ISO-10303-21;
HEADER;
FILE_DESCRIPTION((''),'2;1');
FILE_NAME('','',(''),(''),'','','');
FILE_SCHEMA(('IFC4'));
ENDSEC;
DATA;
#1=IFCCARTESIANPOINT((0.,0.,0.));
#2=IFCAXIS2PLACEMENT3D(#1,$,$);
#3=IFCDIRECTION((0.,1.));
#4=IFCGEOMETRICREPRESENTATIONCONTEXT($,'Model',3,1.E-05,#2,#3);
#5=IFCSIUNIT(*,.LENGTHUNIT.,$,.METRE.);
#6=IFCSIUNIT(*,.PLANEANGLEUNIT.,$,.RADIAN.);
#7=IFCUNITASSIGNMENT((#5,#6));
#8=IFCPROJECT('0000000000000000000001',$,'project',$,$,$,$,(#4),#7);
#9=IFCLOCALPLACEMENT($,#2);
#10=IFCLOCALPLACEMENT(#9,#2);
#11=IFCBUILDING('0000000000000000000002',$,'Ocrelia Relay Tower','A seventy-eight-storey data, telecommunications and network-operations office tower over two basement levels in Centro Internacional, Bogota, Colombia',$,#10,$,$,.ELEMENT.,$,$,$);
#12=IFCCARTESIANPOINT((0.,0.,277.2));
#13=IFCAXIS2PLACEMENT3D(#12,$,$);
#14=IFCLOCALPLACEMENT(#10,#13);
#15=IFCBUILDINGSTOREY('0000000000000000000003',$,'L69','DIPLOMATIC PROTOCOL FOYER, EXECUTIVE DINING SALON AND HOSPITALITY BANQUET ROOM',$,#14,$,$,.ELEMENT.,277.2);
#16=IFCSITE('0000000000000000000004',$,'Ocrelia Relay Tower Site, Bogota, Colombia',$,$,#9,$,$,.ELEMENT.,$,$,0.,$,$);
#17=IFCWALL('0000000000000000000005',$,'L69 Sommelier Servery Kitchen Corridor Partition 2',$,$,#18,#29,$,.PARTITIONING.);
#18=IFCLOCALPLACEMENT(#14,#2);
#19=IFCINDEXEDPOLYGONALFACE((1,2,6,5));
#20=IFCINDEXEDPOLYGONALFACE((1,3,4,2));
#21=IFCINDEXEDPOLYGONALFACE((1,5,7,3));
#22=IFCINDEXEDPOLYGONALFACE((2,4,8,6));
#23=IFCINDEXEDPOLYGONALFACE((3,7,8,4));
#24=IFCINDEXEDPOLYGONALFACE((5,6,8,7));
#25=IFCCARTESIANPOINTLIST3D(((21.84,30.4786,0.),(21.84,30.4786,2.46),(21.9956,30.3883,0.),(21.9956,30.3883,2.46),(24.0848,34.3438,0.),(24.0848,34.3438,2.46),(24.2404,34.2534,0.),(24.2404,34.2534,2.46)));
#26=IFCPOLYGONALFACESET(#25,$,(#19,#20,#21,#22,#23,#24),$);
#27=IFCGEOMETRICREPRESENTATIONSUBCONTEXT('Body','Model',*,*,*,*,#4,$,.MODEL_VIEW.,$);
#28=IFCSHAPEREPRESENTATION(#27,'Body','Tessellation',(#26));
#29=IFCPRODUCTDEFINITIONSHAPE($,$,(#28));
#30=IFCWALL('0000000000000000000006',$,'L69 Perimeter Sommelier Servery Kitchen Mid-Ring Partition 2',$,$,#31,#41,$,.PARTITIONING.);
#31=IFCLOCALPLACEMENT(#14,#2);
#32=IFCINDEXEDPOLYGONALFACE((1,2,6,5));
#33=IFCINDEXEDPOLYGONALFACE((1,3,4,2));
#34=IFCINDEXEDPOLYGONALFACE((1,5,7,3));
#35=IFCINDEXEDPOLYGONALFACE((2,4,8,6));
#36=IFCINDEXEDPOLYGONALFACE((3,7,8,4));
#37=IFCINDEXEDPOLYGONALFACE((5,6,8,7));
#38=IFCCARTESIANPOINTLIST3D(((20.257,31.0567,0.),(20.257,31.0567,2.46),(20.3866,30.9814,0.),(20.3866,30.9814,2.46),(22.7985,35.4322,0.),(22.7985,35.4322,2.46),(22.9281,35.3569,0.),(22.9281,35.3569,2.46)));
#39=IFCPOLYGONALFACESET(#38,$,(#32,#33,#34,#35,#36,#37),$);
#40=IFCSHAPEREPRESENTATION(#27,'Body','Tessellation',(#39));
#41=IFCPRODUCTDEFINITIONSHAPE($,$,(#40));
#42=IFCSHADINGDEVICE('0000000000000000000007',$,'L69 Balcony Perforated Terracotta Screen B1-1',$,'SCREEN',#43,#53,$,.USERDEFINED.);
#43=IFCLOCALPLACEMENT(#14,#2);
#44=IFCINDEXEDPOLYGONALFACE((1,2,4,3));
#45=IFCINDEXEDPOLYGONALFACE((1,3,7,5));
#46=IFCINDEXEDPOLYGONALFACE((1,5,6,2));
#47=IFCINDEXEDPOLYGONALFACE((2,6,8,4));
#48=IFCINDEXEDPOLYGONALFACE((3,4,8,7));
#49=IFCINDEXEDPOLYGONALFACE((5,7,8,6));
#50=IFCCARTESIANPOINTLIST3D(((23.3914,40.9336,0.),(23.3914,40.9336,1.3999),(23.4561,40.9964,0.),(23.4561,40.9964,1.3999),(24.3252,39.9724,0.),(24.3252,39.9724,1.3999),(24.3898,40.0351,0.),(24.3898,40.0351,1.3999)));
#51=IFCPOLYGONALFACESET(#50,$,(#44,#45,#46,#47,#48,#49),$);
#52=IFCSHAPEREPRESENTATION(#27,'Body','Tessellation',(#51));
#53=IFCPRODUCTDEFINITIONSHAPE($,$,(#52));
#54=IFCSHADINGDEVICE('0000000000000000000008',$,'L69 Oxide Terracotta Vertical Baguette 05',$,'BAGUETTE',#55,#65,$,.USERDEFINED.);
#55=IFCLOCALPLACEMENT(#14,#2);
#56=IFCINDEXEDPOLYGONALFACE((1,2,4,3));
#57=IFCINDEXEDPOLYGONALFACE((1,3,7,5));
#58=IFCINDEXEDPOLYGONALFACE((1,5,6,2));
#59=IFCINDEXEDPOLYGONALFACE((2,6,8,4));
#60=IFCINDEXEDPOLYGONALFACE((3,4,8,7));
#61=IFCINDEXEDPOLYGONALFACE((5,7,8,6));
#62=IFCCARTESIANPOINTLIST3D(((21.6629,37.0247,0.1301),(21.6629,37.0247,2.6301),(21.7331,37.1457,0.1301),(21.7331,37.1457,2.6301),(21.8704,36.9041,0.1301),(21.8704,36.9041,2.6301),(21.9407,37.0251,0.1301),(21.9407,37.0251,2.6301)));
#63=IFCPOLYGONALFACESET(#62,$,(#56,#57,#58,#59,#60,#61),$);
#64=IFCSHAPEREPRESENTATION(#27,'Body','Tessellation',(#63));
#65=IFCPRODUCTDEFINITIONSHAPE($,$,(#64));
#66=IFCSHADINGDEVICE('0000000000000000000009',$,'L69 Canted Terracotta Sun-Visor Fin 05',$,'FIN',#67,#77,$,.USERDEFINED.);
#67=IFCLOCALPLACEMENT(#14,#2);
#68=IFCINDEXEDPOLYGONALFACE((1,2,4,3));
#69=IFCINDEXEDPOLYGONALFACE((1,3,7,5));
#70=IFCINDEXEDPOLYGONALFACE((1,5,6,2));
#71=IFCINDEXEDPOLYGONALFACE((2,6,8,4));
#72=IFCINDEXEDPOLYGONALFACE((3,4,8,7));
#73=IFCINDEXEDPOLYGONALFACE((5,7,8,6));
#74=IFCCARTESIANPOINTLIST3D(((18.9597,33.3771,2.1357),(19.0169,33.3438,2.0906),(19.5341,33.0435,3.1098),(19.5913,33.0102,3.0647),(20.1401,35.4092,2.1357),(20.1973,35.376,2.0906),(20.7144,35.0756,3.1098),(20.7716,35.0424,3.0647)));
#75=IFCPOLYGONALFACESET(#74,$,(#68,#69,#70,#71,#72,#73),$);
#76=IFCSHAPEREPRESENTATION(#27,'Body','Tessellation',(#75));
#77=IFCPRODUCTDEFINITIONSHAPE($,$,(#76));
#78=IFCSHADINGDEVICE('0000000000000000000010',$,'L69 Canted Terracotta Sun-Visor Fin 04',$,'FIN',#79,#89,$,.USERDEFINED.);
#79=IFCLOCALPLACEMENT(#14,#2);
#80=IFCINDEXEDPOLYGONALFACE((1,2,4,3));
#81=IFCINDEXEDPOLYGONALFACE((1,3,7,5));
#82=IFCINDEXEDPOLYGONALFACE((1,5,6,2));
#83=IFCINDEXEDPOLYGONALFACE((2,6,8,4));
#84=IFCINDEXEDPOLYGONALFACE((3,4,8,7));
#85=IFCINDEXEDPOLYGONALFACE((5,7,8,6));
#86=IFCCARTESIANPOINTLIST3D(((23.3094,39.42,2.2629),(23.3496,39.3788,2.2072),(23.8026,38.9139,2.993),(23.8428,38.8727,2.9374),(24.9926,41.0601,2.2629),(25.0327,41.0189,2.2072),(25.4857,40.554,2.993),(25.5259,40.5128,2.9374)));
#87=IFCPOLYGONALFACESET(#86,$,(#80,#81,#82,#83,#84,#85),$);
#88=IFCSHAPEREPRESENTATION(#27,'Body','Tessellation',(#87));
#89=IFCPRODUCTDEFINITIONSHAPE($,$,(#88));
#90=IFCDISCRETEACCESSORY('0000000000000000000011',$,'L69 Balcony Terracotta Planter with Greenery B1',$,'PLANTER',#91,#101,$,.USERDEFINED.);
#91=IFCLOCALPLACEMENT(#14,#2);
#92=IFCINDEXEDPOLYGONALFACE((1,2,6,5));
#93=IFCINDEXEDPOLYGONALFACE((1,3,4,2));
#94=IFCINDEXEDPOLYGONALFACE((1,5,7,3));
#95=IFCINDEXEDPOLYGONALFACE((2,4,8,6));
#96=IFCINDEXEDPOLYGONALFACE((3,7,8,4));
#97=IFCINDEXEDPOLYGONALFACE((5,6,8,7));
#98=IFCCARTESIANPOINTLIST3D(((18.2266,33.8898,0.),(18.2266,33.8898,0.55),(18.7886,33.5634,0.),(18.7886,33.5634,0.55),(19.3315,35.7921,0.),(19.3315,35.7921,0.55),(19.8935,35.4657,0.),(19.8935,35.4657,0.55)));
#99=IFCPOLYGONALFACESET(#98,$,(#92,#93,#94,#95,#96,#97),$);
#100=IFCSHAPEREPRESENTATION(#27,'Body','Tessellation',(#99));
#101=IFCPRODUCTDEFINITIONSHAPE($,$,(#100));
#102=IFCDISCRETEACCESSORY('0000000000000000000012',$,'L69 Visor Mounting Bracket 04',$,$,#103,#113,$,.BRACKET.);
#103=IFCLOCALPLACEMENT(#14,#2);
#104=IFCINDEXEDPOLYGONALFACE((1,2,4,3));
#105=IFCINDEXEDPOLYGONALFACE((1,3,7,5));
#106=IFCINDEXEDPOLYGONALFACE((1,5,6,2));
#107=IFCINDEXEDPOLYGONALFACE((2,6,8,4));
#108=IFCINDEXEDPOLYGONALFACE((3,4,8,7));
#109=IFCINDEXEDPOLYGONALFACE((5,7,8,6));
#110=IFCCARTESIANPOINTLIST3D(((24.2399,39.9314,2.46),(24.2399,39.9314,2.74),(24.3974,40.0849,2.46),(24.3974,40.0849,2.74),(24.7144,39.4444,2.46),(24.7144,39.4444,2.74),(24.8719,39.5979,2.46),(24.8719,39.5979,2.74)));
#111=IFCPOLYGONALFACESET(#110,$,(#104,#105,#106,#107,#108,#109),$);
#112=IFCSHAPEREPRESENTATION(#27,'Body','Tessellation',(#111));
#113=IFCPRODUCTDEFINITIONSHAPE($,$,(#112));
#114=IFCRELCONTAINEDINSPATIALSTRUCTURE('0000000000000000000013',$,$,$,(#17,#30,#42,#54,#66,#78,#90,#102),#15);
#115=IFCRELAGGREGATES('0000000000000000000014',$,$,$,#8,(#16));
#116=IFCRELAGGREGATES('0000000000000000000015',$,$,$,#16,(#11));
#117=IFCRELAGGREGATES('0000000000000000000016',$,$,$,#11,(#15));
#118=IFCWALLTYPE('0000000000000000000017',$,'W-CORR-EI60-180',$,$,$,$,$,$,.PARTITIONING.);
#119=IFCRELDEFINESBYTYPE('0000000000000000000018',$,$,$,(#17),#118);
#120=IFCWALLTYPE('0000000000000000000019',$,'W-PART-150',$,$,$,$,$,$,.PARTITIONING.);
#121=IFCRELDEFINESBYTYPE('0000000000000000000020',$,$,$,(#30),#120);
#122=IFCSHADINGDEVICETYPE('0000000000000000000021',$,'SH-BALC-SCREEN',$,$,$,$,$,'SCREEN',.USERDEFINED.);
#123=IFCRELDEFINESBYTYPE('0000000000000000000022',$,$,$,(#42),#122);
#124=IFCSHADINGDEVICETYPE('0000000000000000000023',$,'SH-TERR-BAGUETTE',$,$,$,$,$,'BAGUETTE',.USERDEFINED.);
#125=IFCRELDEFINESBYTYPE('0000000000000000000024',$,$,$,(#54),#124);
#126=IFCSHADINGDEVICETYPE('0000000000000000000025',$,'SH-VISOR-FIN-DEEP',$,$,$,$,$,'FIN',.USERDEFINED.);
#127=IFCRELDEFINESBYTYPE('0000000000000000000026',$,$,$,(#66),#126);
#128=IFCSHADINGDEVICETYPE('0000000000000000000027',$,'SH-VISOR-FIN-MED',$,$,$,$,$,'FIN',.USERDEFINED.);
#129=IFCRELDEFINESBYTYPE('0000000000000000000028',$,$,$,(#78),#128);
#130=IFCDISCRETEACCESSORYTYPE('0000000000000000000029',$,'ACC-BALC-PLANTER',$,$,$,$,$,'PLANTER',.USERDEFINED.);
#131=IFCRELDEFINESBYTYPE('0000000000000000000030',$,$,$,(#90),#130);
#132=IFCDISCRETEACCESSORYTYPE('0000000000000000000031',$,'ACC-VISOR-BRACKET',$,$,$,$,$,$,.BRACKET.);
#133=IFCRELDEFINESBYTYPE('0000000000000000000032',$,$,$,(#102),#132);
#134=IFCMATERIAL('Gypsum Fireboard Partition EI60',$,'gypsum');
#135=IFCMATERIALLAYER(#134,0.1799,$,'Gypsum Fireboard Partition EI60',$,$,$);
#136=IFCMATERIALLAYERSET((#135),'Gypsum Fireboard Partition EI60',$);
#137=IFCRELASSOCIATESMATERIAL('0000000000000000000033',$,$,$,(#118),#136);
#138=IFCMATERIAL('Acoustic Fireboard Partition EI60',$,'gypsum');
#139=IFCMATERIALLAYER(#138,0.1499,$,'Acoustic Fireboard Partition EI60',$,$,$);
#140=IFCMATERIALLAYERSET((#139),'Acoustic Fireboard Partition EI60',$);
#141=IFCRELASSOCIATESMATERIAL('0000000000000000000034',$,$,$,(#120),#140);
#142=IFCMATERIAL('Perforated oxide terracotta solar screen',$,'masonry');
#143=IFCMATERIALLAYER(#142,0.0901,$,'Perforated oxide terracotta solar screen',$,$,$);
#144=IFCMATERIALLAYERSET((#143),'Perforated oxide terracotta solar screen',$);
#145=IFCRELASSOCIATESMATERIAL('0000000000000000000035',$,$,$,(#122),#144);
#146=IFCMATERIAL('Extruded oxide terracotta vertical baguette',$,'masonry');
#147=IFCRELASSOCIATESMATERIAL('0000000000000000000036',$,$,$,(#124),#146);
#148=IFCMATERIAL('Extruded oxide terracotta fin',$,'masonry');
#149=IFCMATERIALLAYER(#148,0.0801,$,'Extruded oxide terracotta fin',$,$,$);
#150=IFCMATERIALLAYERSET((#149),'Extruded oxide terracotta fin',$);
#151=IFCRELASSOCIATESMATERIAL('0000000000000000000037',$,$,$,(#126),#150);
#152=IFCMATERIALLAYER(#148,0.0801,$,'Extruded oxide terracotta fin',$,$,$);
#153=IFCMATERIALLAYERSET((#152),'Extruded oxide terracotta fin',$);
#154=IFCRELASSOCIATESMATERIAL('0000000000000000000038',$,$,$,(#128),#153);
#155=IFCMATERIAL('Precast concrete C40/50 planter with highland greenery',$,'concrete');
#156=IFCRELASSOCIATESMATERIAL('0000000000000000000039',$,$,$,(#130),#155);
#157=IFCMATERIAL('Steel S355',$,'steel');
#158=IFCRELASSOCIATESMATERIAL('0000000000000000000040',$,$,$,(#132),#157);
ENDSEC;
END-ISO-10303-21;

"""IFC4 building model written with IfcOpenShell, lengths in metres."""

from ifc_helpers import new_model, si_unit, direction, frame, frame_2d, origin, origin_2d, place, context, subcontext, project, spatial, rectangle, extrude, material, layer, layer_set, type_object, element, save


model = new_model("IFC4")

# Units and contexts
model_context = context("Model", 3, precision=1e-05, world=origin(), true_north=direction((0.0, 1.0)))
body_context = subcontext(model_context, "Body", "Model", "MODEL_VIEW")
ifc_project = project(units=[si_unit("LENGTHUNIT", "METRE"), si_unit("PLANEANGLEUNIT", "RADIAN")], contexts=[model_context])

# Site, building, storey
site_placement = place(None, origin())
site = spatial("IfcSite", under=ifc_project, at=site_placement, Name="Ocrelia Relay Tower Site, Bogota, Colombia", CompositionType="ELEMENT", RefElevation=0.0)
building_placement = place(site_placement, origin())
building = spatial("IfcBuilding", under=site, at=building_placement, Name="Ocrelia Relay Tower", Description="A seventy-eight-storey data, telecommunications and network-operations office tower over two basement levels in Centro Internacional, Bogota, Colombia", CompositionType="ELEMENT")
storey_placement = place(building_placement, frame((0.0, 0.0, 277.2)))
storey = spatial("IfcBuildingStorey", under=building, at=storey_placement, Name="L69", Description="DIPLOMATIC PROTOCOL FOYER, EXECUTIVE DINING SALON AND HOSPITALITY BANQUET ROOM", CompositionType="ELEMENT", Elevation=277.2)

# Shared definitions
ifc_material_1 = material(Name="Steel S355", Category="steel")

# Wall
ifc_material_2 = material(Name="Gypsum Fireboard Partition EI60", Category="gypsum")
ifc_layer_1 = layer(ifc_material_2, 0.1799, Name="Gypsum Fireboard Partition EI60")
ifc_layer_set_1 = layer_set([ifc_layer_1], Name="Gypsum Fireboard Partition EI60")
wall_type_1 = type_object("IfcWallType", Name="W-CORR-EI60-180", PredefinedType="PARTITIONING", material=ifc_layer_set_1)
wall_1_placement = place(storey_placement, frame((24.1626, 34.2986, 0.0), z_axis=(0.0, 0.0, 1.0), x_axis=(-0.502226, -0.864736, 0.0)))
element("IfcWall", 1, at=wall_1_placement, inside=storey, type_object=wall_type_1, Name="L69 Sommelier Servery Kitchen Corridor Partition 2", PredefinedType="PARTITIONING", context=body_context, shape_type="SweptSolid", body=[
    extrude(rectangle(XDim=4.4697, YDim=0.1799, at=frame_2d((2.2349, 0.0))), origin(), (0.0, 0.0, 1.0), 2.46),
])

# Wall
ifc_material_3 = material(Name="Acoustic Fireboard Partition EI60", Category="gypsum")
ifc_layer_2 = layer(ifc_material_3, 0.1499, Name="Acoustic Fireboard Partition EI60")
ifc_layer_set_2 = layer_set([ifc_layer_2], Name="Acoustic Fireboard Partition EI60")
wall_type_2 = type_object("IfcWallType", Name="W-PART-150", PredefinedType="PARTITIONING", material=ifc_layer_set_2)
wall_2_placement = place(storey_placement, frame((22.8633, 35.3945, 0.0), z_axis=(0.0, 0.0, 1.0), x_axis=(-0.502268, -0.864712, 0.0)))
element("IfcWall", 2, at=wall_2_placement, inside=storey, type_object=wall_type_2, Name="L69 Perimeter Sommelier Servery Kitchen Mid-Ring Partition 2", PredefinedType="PARTITIONING", context=body_context, shape_type="SweptSolid", body=[
    extrude(rectangle(XDim=5.0601, YDim=0.1499, at=frame_2d((2.53, 0.0))), origin(), (0.0, 0.0, 1.0), 2.46),
])

# Shading devices
ifc_material_4 = material(Name="Perforated oxide terracotta solar screen", Category="masonry")
ifc_layer_3 = layer(ifc_material_4, 0.0901, Name="Perforated oxide terracotta solar screen")
ifc_layer_set_3 = layer_set([ifc_layer_3], Name="Perforated oxide terracotta solar screen")
shading_device_type_1 = type_object("IfcShadingDeviceType", Name="SH-BALC-SCREEN", ElementType="SCREEN", PredefinedType="USERDEFINED", material=ifc_layer_set_3)
shading_device_1_placement = place(storey_placement, frame((23.8906, 40.4844, 0.0), z_axis=(0.0, 0.0, 1.0), x_axis=(-0.69677, 0.717295, 0.0)))
element("IfcShadingDevice", 3, at=shading_device_1_placement, inside=storey, type_object=shading_device_type_1, Name="L69 Balcony Perforated Terracotta Screen B1-1", ObjectType="SCREEN", PredefinedType="USERDEFINED", context=body_context, shape_type="SweptSolid", body=[
    extrude(rectangle(XDim=1.3401, YDim=0.0901, at=origin_2d()), origin(), (0.0, 0.0, 1.0), 1.3999),
])
ifc_material_5 = material(Name="Extruded oxide terracotta vertical baguette", Category="masonry")
shading_device_type_2 = type_object("IfcShadingDeviceType", Name="SH-TERR-BAGUETTE", ElementType="BAGUETTE", PredefinedType="USERDEFINED", material=ifc_material_5)
shading_device_2_placement = place(storey_placement, frame((21.8018, 37.0249, 0.1301), z_axis=(0.0, 0.0, 1.0), x_axis=(-0.502259, -0.864717, 0.0)))
element("IfcShadingDevice", 4, at=shading_device_2_placement, inside=storey, type_object=shading_device_type_2, Name="L69 Oxide Terracotta Vertical Baguette 05", ObjectType="BAGUETTE", PredefinedType="USERDEFINED", context=body_context, shape_type="SweptSolid", body=[
    extrude(rectangle(XDim=0.1399, YDim=0.24, at=origin_2d()), origin(), (0.0, 0.0, 1.0), 2.5),
])
ifc_material_6 = material(Name="Extruded oxide terracotta fin", Category="masonry")
ifc_layer_4 = layer(ifc_material_6, 0.0801, Name="Extruded oxide terracotta fin")
ifc_layer_set_4 = layer_set([ifc_layer_4], Name="Extruded oxide terracotta fin")
shading_device_type_3 = type_object("IfcShadingDeviceType", Name="SH-VISOR-FIN-DEEP", ElementType="FIN", PredefinedType="USERDEFINED", material=ifc_layer_set_4)
shading_device_3_placement = place(storey_placement, frame((19.8943, 34.1931, 2.5776), z_axis=(-0.714427, 0.414965, 0.563382), x_axis=(-0.502259, -0.864717, 0.0)))
element("IfcShadingDevice", 5, at=shading_device_3_placement, inside=storey, type_object=shading_device_type_3, Name="L69 Canted Terracotta Sun-Visor Fin 05", ObjectType="FIN", PredefinedType="USERDEFINED", context=body_context, shape_type="SweptSolid", body=[
    extrude(rectangle(XDim=2.3501, YDim=1.179, at=origin_2d()), origin(), (0.0, 0.0, 1.0), 0.0801),
])
ifc_layer_5 = layer(ifc_material_6, 0.0801, Name="Extruded oxide terracotta fin")
ifc_layer_set_5 = layer_set([ifc_layer_5], Name="Extruded oxide terracotta fin")
shading_device_type_4 = type_object("IfcShadingDeviceType", Name="SH-VISOR-FIN-MED", ElementType="FIN", PredefinedType="USERDEFINED", material=ifc_layer_set_5)
shading_device_4_placement = place(storey_placement, frame((24.4377, 39.9458, 2.5723), z_axis=(-0.501518, 0.514668, 0.695411), x_axis=(-0.716197, -0.697898, 0.0)))
element("IfcShadingDevice", 6, at=shading_device_4_placement, inside=storey, type_object=shading_device_type_4, Name="L69 Canted Terracotta Sun-Visor Fin 04", ObjectType="FIN", PredefinedType="USERDEFINED", context=body_context, shape_type="SweptSolid", body=[
    extrude(rectangle(XDim=2.3501, YDim=1.0161, at=origin_2d()), origin(), (0.0, 0.0, 1.0), 0.0801),
])

# Discrete accessories
ifc_material_7 = material(Name="Precast concrete C40/50 planter with highland greenery", Category="concrete")
discrete_accessory_type_1 = type_object("IfcDiscreteAccessoryType", Name="ACC-BALC-PLANTER", ElementType="PLANTER", PredefinedType="USERDEFINED", material=ifc_material_7)
discrete_accessory_1_placement = place(storey_placement, frame((19.0601, 34.6777, 0.0), z_axis=(0.0, 0.0, 1.0), x_axis=(0.502252, 0.864721, 0.0)))
element("IfcDiscreteAccessory", 7, at=discrete_accessory_1_placement, inside=storey, type_object=discrete_accessory_type_1, Name="L69 Balcony Terracotta Planter with Greenery B1", ObjectType="PLANTER", PredefinedType="USERDEFINED", context=body_context, shape_type="SweptSolid", body=[
    extrude(rectangle(XDim=2.2, YDim=0.6499, at=origin_2d()), origin(), (0.0, 0.0, 1.0), 0.55),
])
discrete_accessory_type_2 = type_object("IfcDiscreteAccessoryType", Name="ACC-VISOR-BRACKET", PredefinedType="BRACKET", material=ifc_material_1)
discrete_accessory_2_placement = place(storey_placement, frame((24.5559, 39.7646, 2.46), z_axis=(0.0, 0.0, 1.0), x_axis=(-0.716197, -0.697898, 0.0)))
element("IfcDiscreteAccessory", 8, at=discrete_accessory_2_placement, inside=storey, type_object=discrete_accessory_type_2, Name="L69 Visor Mounting Bracket 04", PredefinedType="BRACKET", context=body_context, shape_type="SweptSolid", body=[
    extrude(rectangle(XDim=0.22, YDim=0.6799, at=origin_2d()), origin(), (0.0, 0.0, 1.0), 0.28),
])

save(model, "model.ifc")
